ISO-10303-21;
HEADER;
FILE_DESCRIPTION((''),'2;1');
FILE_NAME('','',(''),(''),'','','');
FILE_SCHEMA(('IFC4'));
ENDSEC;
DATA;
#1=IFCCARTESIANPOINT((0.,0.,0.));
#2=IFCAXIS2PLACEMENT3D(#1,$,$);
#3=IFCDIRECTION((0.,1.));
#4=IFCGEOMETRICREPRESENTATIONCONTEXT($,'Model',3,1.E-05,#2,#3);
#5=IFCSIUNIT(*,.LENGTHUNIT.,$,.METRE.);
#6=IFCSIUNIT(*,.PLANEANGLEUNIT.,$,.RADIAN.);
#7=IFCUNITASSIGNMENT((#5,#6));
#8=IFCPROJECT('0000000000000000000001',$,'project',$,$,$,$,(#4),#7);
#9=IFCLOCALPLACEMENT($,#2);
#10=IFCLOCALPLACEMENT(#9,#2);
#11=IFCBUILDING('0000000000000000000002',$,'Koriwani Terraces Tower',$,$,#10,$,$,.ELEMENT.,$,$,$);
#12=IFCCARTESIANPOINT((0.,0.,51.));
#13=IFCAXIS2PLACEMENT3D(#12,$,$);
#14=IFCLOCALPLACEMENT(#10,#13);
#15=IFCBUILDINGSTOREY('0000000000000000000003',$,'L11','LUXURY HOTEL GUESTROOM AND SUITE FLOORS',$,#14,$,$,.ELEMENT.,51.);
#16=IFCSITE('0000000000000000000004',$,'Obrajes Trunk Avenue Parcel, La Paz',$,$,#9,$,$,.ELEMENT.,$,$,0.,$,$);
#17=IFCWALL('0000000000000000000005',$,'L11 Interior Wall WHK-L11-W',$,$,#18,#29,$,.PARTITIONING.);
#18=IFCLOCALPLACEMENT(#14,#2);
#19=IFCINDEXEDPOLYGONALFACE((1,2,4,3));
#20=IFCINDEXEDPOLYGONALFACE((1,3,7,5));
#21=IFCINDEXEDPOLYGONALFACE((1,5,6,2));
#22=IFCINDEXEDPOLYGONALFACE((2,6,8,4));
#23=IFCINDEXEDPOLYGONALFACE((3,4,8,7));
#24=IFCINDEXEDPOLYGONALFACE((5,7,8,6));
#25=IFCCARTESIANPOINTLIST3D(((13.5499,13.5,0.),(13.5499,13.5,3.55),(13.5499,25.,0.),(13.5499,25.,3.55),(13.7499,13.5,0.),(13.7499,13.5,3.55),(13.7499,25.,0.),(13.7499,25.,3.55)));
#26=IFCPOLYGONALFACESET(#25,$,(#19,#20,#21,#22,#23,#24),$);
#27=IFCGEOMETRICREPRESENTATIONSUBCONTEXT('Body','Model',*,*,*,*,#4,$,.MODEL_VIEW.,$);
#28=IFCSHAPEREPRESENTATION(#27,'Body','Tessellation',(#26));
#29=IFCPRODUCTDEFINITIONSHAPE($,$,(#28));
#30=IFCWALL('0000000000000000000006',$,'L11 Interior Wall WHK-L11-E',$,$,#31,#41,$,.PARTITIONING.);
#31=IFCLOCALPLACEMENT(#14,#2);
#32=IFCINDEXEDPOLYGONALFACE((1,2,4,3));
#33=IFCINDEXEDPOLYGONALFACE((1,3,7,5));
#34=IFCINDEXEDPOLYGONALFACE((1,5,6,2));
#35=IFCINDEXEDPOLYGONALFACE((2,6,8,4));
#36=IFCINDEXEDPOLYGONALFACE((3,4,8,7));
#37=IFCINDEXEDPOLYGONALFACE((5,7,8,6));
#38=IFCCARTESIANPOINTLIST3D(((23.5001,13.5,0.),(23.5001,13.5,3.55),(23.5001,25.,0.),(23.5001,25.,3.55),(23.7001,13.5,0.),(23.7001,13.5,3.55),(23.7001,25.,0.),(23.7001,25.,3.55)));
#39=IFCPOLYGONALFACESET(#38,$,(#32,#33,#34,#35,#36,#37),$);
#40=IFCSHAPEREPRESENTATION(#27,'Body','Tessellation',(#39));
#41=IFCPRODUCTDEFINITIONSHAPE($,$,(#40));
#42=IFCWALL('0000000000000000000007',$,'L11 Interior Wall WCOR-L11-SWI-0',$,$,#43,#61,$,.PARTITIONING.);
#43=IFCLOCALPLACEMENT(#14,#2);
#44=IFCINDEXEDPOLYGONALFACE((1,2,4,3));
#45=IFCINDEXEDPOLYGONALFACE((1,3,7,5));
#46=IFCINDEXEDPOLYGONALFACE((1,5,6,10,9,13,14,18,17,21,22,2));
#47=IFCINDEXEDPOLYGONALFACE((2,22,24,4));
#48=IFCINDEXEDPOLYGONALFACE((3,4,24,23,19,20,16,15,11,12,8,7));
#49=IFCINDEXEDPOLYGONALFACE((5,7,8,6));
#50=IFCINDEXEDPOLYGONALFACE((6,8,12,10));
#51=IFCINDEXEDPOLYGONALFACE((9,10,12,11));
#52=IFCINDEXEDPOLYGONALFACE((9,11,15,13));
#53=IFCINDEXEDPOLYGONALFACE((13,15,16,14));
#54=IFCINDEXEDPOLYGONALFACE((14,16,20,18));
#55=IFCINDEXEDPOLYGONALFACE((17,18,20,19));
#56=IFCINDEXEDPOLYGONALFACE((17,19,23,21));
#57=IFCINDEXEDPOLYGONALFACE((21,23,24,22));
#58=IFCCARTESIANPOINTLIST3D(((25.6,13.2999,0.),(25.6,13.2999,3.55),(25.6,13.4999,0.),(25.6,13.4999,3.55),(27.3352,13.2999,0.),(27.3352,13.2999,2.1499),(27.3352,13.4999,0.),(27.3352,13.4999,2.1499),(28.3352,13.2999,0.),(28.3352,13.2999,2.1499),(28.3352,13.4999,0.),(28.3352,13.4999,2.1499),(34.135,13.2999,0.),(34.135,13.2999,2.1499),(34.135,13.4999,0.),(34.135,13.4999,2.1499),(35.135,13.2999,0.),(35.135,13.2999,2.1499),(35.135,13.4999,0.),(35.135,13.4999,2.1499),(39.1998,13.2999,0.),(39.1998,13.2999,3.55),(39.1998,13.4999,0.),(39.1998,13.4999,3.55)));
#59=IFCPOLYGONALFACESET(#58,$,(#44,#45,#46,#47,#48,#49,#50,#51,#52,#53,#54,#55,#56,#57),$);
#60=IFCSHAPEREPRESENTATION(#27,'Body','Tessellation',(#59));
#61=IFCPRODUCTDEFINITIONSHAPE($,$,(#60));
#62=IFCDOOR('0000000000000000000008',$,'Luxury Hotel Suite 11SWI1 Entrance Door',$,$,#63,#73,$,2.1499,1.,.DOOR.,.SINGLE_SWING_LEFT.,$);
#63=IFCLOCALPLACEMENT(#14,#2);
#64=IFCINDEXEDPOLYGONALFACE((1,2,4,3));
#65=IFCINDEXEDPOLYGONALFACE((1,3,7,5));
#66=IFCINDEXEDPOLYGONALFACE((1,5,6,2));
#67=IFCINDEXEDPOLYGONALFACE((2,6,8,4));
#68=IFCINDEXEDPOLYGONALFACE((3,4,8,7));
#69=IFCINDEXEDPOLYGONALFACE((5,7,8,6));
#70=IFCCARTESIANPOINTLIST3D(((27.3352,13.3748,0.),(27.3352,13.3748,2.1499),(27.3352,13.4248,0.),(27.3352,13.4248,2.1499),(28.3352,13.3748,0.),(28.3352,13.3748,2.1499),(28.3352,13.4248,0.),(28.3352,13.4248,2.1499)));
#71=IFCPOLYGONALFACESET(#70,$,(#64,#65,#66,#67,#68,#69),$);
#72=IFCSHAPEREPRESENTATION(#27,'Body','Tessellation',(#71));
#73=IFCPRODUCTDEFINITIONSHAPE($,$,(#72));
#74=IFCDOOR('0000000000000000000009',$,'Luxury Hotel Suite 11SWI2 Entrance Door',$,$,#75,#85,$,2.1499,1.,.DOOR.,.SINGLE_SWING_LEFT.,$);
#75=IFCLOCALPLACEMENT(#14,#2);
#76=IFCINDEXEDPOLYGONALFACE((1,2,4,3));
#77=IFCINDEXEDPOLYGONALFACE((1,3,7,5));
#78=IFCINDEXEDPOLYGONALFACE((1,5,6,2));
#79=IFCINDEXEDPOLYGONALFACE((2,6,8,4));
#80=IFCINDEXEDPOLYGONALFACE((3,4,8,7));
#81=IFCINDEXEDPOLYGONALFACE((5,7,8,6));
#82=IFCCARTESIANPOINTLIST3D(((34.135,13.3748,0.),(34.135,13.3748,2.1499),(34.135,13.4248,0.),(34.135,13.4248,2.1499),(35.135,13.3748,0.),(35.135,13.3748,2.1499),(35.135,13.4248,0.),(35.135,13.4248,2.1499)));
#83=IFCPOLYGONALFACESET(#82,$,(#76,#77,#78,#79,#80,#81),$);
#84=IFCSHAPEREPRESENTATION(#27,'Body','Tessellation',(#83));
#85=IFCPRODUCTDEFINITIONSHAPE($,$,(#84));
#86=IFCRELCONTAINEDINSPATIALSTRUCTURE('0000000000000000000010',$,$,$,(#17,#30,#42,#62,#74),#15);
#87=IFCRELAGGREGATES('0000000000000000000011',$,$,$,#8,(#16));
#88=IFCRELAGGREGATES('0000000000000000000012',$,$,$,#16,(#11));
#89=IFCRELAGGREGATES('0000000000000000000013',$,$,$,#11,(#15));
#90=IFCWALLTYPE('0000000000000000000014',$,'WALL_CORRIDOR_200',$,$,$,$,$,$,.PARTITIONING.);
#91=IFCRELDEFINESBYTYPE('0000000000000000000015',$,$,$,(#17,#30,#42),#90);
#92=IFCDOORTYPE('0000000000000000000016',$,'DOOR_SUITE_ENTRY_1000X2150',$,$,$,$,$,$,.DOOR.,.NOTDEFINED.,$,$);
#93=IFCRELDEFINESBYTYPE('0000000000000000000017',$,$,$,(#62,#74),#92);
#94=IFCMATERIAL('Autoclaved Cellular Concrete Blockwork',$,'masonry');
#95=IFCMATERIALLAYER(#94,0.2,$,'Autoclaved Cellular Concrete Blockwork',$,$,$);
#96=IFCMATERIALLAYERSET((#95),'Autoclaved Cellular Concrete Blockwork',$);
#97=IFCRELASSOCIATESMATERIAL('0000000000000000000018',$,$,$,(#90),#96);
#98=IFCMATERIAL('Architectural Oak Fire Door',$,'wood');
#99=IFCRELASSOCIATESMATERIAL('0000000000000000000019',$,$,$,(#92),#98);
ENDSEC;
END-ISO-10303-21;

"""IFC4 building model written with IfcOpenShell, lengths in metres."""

from ifc_helpers import new_model, si_unit, direction, frame, frame_2d, origin, place, context, subcontext, project, spatial, rectangle, extrude, material, layer, layer_set, type_object, element, fill, save


model = new_model("IFC4")

# Units and contexts
model_context = context("Model", 3, precision=1e-05, world=origin(), true_north=direction((0.0, 1.0)))
body_context = subcontext(model_context, "Body", "Model", "MODEL_VIEW")
ifc_project = project(units=[si_unit("LENGTHUNIT", "METRE"), si_unit("PLANEANGLEUNIT", "RADIAN")], contexts=[model_context])

# Site, building, storey
site_placement = place(None, origin())
site = spatial("IfcSite", under=ifc_project, at=site_placement, Name="Obrajes Trunk Avenue Parcel, La Paz", CompositionType="ELEMENT", RefElevation=0.0)
building_placement = place(site_placement, origin())
building = spatial("IfcBuilding", under=site, at=building_placement, Name="Koriwani Terraces Tower", CompositionType="ELEMENT")
storey_placement = place(building_placement, frame((0.0, 0.0, 51.0)))
storey = spatial("IfcBuildingStorey", under=building, at=storey_placement, Name="L11", Description="LUXURY HOTEL GUESTROOM AND SUITE FLOORS", CompositionType="ELEMENT", Elevation=51.0)

# Shared definitions
ifc_material_1 = material(Name="Autoclaved Cellular Concrete Blockwork", Category="masonry")
ifc_layer_1 = layer(ifc_material_1, 0.2, Name="Autoclaved Cellular Concrete Blockwork")
ifc_layer_set_1 = layer_set([ifc_layer_1], Name="Autoclaved Cellular Concrete Blockwork")
wall_type_1 = type_object("IfcWallType", Name="WALL_CORRIDOR_200", PredefinedType="PARTITIONING", material=ifc_layer_set_1)
ifc_material_2 = material(Name="Architectural Oak Fire Door", Category="wood")

# Walls
for number, where, z_axis, x_axis, name in (
    (1, (13.6499, 13.5, 0.0), (0.0, 0.0, 1.0), (0.0, 1.0, 0.0), "L11 Interior Wall WHK-L11-W"),
    (2, (23.6001, 13.5, 0.0), (0.0, 0.0, 1.0), (0.0, 1.0, 0.0), "L11 Interior Wall WHK-L11-E"),
):
    element("IfcWall", number, at=place(storey_placement, frame(where, z_axis=z_axis, x_axis=x_axis)), inside=storey, type_object=wall_type_1, Name=name, PredefinedType="PARTITIONING", context=body_context, shape_type="SweptSolid", body=[
        extrude(rectangle(XDim=11.5, YDim=0.2, at=frame_2d((5.75, 0.0))), origin(), (0.0, 0.0, 1.0), 3.55),
    ])

# Wall, openings, doors
wall_1_placement = place(storey_placement, frame((25.6001, 13.3999, 0.0), z_axis=(0.0, 0.0, 1.0), x_axis=(1.0, 0.0, 0.0)))
wall_1 = element("IfcWall", 3, at=wall_1_placement, inside=storey, type_object=wall_type_1, Name="L11 Interior Wall WCOR-L11-SWI-0", PredefinedType="PARTITIONING", context=body_context, shape_type="SweptSolid", body=[
    extrude(rectangle(XDim=13.5999, YDim=0.2, at=frame_2d((6.7998, 0.0))), origin(), (0.0, 0.0, 1.0), 3.55),
])
opening_1_placement = place(wall_1_placement, frame((1.7351, 0.0, 0.0)))
opening_1 = element("IfcOpeningElement", 4, at=opening_1_placement, cuts=wall_1, PredefinedType="OPENING", context=body_context, shape_type="SweptSolid", body=[
    extrude(rectangle(XDim=1.0, YDim=2.1499, at=frame_2d((0.5, 1.075))), frame((0.0, 0.1099, 0.0), z_axis=(0.0, -1.0, 0.0), x_axis=(1.0, 0.0, 0.0)), (0.0, 0.0, 1.0), 0.22),
])
opening_2_placement = place(wall_1_placement, frame((8.5349, 0.0, 0.0)))
opening_2 = element("IfcOpeningElement", 5, at=opening_2_placement, cuts=wall_1, PredefinedType="OPENING", context=body_context, shape_type="SweptSolid", body=[
    extrude(rectangle(XDim=1.0, YDim=2.1499, at=frame_2d((0.5, 1.075))), frame((0.0, 0.1099, 0.0), z_axis=(0.0, -1.0, 0.0), x_axis=(1.0, 0.0, 0.0)), (0.0, 0.0, 1.0), 0.22),
])
door_type_1 = type_object("IfcDoorType", Name="DOOR_SUITE_ENTRY_1000X2150", OperationType="NOTDEFINED", PredefinedType="DOOR", material=ifc_material_2)
door_1_placement = place(opening_1_placement, origin())
door_1 = element("IfcDoor", 6, at=door_1_placement, inside=storey, type_object=door_type_1, Name="Luxury Hotel Suite 11SWI1 Entrance Door", OperationType="SINGLE_SWING_LEFT", OverallHeight=2.1499, OverallWidth=1.0, PredefinedType="DOOR", context=body_context, shape_type="SweptSolid", body=[
    extrude(rectangle(XDim=1.0, YDim=2.1499, at=frame_2d((0.5, 1.075))), frame((0.0, 0.0249, 0.0), z_axis=(0.0, -1.0, 0.0), x_axis=(1.0, 0.0, 0.0)), (0.0, 0.0, 1.0), 0.05),
])
fill(opening_1, door_1)
door_2_placement = place(opening_2_placement, origin())
door_2 = element("IfcDoor", 7, at=door_2_placement, inside=storey, type_object=door_type_1, Name="Luxury Hotel Suite 11SWI2 Entrance Door", OperationType="SINGLE_SWING_LEFT", OverallHeight=2.1499, OverallWidth=1.0, PredefinedType="DOOR", context=body_context, shape_type="SweptSolid", body=[
    extrude(rectangle(XDim=1.0, YDim=2.1499, at=frame_2d((0.5, 1.075))), frame((0.0, 0.0249, 0.0), z_axis=(0.0, -1.0, 0.0), x_axis=(1.0, 0.0, 0.0)), (0.0, 0.0, 1.0), 0.05),
])
fill(opening_2, door_2)

save(model, "model.ifc")
